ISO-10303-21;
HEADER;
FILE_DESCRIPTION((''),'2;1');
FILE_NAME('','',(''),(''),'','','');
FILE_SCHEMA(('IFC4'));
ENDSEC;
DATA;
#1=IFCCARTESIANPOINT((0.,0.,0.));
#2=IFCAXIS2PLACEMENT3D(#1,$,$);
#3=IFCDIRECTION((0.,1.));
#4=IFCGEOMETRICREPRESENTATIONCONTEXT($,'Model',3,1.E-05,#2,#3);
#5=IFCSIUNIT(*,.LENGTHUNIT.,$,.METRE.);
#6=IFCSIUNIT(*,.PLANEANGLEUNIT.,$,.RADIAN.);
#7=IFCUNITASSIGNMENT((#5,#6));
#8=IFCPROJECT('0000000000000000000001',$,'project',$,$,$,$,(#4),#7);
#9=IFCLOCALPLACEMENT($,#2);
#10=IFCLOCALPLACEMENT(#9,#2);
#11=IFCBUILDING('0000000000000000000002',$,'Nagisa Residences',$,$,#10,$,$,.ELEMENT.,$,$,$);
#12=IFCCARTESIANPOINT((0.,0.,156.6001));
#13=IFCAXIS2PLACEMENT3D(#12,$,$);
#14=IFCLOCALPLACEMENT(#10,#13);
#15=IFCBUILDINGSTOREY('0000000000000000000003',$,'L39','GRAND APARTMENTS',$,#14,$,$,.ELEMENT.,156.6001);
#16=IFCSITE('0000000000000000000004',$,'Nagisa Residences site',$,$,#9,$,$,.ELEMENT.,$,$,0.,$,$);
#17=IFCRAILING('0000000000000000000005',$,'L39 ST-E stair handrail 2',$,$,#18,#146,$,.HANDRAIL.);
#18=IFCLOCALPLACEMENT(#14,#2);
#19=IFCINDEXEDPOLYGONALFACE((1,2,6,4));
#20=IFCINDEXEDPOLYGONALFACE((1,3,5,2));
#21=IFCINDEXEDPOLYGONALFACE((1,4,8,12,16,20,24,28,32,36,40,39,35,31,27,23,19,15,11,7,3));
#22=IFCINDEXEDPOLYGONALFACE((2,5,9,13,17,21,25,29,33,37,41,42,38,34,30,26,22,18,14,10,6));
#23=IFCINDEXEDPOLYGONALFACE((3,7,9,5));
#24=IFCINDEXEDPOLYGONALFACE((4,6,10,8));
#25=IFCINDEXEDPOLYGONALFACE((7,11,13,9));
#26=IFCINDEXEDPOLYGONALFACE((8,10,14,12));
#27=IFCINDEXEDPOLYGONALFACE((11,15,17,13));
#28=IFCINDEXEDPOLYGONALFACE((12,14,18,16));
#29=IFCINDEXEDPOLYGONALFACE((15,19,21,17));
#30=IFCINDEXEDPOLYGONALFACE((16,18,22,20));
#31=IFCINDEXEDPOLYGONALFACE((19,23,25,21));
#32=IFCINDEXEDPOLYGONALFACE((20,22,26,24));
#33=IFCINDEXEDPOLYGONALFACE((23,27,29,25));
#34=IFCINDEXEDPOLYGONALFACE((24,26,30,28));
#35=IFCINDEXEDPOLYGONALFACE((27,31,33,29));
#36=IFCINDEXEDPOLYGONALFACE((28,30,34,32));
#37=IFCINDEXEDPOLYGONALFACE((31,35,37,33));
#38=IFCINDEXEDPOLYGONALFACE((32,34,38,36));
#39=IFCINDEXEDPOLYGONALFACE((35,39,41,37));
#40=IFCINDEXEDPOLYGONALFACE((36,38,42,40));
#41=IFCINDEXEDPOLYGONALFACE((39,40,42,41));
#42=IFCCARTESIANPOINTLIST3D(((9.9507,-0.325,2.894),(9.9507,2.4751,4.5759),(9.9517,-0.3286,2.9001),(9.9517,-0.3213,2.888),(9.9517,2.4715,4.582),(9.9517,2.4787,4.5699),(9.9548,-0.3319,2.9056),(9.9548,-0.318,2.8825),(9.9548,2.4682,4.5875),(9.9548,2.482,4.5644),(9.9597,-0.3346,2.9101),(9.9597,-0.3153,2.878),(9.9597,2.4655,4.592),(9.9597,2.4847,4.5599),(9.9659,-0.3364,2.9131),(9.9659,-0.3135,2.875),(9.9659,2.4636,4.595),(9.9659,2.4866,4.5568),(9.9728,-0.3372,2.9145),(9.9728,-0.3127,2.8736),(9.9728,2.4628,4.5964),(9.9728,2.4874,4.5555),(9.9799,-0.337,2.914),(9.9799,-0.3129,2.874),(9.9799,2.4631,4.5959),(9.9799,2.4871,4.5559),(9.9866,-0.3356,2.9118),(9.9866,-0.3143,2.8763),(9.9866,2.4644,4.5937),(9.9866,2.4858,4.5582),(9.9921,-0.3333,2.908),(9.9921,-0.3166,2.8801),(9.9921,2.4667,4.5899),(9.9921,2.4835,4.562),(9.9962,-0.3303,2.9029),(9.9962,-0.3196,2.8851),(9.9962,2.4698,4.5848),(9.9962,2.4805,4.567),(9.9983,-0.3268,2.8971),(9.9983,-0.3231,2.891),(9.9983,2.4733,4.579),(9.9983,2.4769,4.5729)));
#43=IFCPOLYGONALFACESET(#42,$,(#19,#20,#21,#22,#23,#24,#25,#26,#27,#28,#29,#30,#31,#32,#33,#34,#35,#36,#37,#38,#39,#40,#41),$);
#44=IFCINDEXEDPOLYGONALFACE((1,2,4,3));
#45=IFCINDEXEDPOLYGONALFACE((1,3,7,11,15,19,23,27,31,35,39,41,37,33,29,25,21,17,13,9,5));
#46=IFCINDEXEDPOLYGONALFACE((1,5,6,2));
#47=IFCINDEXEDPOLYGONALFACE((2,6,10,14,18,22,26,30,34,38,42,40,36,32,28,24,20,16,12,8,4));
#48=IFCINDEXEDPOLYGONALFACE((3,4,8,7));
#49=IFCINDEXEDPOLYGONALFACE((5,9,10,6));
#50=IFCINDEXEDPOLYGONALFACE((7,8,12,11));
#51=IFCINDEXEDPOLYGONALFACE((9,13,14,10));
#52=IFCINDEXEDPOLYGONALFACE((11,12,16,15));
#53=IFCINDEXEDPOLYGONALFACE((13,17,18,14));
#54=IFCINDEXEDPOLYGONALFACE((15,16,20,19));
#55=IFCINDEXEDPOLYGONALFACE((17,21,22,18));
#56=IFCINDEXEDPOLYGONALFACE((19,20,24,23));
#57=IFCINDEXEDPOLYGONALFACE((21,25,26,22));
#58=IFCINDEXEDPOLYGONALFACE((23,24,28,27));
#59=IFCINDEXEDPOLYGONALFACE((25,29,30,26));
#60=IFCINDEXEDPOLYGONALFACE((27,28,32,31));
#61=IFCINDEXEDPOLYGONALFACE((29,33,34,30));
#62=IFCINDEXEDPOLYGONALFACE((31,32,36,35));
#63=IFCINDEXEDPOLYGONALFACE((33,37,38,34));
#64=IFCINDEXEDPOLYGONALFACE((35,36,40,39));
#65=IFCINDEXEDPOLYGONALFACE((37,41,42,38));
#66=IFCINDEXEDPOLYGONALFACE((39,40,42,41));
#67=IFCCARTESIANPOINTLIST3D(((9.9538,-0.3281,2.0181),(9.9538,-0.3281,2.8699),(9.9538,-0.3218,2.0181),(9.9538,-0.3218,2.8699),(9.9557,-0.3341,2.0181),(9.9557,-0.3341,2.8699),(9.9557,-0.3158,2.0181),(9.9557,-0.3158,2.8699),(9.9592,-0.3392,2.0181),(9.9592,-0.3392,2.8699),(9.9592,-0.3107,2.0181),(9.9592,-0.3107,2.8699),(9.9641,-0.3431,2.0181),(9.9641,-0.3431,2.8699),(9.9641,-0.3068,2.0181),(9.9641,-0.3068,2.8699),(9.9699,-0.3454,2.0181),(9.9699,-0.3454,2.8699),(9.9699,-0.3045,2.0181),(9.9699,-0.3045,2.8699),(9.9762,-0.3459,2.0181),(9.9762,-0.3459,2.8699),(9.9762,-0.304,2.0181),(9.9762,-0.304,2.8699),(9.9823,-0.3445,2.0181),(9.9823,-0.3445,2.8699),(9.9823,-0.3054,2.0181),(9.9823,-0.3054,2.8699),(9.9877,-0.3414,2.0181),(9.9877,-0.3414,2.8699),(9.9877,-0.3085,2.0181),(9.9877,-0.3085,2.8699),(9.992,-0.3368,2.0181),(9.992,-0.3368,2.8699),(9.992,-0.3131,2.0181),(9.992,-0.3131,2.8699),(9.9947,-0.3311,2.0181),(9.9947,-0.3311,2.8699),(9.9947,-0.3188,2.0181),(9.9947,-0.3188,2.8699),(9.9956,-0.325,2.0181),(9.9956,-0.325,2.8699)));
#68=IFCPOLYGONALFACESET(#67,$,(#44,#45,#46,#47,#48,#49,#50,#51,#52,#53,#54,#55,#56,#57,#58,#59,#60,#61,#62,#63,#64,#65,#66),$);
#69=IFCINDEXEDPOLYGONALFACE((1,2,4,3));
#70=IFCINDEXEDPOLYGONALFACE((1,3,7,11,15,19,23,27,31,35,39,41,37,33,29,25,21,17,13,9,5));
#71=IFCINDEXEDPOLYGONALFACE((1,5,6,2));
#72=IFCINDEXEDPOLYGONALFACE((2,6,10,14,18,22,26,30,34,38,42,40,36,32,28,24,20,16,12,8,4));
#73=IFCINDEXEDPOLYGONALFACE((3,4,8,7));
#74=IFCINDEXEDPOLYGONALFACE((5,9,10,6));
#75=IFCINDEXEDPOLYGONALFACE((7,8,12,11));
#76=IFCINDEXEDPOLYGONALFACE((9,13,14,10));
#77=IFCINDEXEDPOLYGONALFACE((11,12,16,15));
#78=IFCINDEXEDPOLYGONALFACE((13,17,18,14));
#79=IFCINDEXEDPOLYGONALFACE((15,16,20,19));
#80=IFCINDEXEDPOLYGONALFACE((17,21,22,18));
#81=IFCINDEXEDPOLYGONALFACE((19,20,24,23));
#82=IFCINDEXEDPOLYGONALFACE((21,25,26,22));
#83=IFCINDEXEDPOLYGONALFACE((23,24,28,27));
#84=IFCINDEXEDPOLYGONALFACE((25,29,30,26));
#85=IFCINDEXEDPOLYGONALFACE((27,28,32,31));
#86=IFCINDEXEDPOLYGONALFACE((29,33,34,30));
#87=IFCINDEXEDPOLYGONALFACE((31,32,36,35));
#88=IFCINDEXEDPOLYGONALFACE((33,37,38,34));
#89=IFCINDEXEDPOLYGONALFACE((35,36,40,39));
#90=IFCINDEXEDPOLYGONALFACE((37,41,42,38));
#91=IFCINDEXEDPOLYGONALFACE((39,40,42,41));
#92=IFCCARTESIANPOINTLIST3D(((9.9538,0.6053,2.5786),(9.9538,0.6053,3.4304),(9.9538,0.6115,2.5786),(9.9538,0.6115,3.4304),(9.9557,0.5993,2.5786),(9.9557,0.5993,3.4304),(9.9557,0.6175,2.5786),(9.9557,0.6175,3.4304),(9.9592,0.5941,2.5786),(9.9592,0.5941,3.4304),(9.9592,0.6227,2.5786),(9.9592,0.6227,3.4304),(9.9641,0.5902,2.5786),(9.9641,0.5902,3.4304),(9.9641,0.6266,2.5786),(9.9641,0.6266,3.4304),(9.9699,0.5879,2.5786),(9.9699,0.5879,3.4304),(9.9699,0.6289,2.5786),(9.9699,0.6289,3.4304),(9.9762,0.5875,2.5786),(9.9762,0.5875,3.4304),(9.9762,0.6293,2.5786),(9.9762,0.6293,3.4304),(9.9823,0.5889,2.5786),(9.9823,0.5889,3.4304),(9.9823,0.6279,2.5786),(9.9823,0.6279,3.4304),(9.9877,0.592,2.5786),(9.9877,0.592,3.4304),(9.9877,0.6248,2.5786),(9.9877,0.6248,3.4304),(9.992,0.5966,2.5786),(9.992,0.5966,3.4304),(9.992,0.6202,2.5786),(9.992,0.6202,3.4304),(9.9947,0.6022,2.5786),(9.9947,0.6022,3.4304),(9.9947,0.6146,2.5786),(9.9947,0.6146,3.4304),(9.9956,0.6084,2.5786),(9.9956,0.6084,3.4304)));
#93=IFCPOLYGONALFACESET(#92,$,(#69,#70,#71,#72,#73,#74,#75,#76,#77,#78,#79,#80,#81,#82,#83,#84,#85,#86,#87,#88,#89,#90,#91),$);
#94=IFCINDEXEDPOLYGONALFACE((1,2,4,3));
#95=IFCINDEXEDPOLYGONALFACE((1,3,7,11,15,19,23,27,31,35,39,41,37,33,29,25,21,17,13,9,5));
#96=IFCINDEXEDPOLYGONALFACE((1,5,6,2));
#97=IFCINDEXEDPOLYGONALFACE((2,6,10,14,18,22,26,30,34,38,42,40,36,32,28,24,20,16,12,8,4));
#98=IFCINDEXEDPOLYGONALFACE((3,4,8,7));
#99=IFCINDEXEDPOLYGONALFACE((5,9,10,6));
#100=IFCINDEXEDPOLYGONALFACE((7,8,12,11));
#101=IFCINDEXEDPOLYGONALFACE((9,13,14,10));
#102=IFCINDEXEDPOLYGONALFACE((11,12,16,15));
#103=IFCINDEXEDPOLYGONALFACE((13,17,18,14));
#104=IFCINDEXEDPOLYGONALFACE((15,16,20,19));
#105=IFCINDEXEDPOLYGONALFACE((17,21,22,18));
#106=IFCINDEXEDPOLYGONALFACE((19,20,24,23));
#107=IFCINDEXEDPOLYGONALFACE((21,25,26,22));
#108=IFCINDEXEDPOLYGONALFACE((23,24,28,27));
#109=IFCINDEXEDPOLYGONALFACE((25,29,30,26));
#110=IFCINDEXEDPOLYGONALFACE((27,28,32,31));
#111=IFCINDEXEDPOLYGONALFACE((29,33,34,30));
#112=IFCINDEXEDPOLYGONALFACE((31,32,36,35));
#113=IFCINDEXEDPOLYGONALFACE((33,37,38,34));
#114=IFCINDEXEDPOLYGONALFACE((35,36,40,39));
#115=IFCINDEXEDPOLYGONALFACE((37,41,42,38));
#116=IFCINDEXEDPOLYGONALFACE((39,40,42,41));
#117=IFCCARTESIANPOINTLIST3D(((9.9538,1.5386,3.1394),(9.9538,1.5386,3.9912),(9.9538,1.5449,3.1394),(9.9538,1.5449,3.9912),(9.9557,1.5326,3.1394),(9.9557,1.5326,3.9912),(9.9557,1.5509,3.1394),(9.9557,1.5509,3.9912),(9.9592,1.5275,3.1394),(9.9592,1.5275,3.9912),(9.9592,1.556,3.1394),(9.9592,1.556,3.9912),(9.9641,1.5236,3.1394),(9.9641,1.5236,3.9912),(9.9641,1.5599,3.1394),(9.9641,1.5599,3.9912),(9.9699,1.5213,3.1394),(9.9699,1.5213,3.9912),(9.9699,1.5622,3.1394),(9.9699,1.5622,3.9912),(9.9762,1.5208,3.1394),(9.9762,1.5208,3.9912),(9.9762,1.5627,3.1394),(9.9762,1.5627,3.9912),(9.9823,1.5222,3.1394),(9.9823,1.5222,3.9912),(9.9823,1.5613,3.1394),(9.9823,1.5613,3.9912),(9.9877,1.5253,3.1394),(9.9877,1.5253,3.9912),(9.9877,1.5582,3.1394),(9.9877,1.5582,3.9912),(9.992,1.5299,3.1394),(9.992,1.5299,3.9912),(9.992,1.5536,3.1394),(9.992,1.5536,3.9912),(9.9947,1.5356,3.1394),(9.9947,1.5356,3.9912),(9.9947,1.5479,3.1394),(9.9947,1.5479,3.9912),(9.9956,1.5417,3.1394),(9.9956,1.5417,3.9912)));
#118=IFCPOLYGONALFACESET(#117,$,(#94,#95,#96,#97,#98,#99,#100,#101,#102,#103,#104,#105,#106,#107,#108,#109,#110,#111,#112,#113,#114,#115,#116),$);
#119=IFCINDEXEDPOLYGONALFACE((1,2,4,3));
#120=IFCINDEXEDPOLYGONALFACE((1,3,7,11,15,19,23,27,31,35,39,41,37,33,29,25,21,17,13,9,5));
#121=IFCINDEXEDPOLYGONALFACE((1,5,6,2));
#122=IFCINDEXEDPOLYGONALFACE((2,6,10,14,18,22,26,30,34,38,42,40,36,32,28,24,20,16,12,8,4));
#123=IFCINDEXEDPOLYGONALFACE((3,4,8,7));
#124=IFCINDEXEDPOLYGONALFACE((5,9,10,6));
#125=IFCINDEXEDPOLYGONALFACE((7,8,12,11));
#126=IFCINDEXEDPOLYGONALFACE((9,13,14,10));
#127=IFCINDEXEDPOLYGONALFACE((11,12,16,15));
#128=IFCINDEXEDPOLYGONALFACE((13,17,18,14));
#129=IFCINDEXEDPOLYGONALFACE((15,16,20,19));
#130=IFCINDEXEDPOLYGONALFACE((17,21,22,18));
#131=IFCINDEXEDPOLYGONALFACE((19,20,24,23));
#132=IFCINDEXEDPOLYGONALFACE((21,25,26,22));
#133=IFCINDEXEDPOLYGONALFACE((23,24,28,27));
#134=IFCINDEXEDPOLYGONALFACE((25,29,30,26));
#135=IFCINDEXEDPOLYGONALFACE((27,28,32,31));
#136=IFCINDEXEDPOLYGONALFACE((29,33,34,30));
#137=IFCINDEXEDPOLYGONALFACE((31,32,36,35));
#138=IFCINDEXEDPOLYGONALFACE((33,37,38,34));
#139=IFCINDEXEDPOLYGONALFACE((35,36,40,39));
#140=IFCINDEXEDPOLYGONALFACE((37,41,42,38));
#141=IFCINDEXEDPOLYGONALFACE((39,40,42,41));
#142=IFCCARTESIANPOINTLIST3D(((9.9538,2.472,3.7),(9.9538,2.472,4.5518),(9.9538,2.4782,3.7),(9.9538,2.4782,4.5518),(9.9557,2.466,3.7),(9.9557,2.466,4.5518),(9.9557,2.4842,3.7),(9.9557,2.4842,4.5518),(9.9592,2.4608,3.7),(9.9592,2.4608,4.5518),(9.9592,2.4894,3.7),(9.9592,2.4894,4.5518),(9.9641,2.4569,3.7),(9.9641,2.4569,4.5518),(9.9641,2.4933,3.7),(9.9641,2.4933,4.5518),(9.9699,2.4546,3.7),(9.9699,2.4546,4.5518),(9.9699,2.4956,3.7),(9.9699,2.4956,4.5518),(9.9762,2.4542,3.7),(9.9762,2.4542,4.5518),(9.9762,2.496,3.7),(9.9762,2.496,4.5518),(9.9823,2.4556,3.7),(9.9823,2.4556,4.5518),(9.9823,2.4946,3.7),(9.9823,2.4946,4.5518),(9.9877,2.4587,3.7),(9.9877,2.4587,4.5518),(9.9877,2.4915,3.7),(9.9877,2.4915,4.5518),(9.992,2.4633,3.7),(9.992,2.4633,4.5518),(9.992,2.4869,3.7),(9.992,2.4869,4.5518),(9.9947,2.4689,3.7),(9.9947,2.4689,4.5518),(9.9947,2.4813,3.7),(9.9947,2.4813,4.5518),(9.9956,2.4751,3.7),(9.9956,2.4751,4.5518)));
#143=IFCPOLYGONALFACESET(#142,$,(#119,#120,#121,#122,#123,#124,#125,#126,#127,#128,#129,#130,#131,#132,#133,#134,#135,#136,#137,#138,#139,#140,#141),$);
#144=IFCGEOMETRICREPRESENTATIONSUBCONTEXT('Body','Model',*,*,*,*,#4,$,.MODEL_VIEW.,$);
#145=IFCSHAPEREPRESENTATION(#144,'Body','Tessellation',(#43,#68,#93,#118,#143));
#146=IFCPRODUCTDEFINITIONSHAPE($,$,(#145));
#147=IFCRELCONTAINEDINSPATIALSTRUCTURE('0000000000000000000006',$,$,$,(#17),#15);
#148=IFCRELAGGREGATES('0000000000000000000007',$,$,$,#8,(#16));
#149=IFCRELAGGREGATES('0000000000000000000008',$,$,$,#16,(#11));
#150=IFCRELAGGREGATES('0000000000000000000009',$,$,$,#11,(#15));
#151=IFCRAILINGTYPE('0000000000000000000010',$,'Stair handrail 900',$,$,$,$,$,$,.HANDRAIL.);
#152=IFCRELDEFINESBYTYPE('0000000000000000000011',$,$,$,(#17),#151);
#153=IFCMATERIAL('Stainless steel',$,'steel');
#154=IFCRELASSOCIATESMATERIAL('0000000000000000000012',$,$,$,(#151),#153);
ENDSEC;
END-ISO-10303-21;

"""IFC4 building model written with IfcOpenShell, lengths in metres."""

from ifc_helpers import new_model, si_unit, direction, frame, origin, origin_2d, place, context, subcontext, project, spatial, circle, extrude, material, type_object, element, save


model = new_model("IFC4")

# Units and contexts
model_context = context("Model", 3, precision=1e-05, world=origin(), true_north=direction((0.0, 1.0)))
body_context = subcontext(model_context, "Body", "Model", "MODEL_VIEW")
ifc_project = project(units=[si_unit("LENGTHUNIT", "METRE"), si_unit("PLANEANGLEUNIT", "RADIAN")], contexts=[model_context])

# Site, building, storey
site_placement = place(None, origin())
site = spatial("IfcSite", under=ifc_project, at=site_placement, Name="Nagisa Residences site", CompositionType="ELEMENT", RefElevation=0.0)
building_placement = place(site_placement, origin())
building = spatial("IfcBuilding", under=site, at=building_placement, Name="Nagisa Residences", CompositionType="ELEMENT")
storey_placement = place(building_placement, frame((0.0, 0.0, 156.6001)))
storey = spatial("IfcBuildingStorey", under=building, at=storey_placement, Name="L39", Description="GRAND APARTMENTS", CompositionType="ELEMENT", Elevation=156.6001)

# Railing
ifc_material_1 = material(Name="Stainless steel", Category="steel")
railing_type_1 = type_object("IfcRailingType", Name="Stair handrail 900", PredefinedType="HANDRAIL", material=ifc_material_1)
railing_1_placement = place(storey_placement, frame((9.9746, -0.325, 2.0181)))
element("IfcRailing", 1, at=railing_1_placement, inside=storey, type_object=railing_type_1, Name="L39 ST-E stair handrail 2", PredefinedType="HANDRAIL", context=body_context, shape_type="SweptSolid", body=[
    extrude(circle(Radius=0.0239, at=origin_2d()), frame((0.0, 0.0, 0.876), z_axis=(0.0, 0.857242, 0.514913), x_axis=(-1.0, 0.0, 0.0)), (0.0, 0.0, 1.0), 3.2664),
    extrude(circle(Radius=0.021, at=origin_2d()), origin(), (0.0, 0.0, 1.0), 0.8518),
    extrude(circle(Radius=0.021, at=origin_2d()), frame((0.0, 0.9333, 0.5605)), (0.0, 0.0, 1.0), 0.8518),
    extrude(circle(Radius=0.021, at=origin_2d()), frame((0.0, 1.8667, 1.1213)), (0.0, 0.0, 1.0), 0.8518),
    extrude(circle(Radius=0.021, at=origin_2d()), frame((0.0, 2.8, 1.6819)), (0.0, 0.0, 1.0), 0.8518),
])

save(model, "model.ifc")
